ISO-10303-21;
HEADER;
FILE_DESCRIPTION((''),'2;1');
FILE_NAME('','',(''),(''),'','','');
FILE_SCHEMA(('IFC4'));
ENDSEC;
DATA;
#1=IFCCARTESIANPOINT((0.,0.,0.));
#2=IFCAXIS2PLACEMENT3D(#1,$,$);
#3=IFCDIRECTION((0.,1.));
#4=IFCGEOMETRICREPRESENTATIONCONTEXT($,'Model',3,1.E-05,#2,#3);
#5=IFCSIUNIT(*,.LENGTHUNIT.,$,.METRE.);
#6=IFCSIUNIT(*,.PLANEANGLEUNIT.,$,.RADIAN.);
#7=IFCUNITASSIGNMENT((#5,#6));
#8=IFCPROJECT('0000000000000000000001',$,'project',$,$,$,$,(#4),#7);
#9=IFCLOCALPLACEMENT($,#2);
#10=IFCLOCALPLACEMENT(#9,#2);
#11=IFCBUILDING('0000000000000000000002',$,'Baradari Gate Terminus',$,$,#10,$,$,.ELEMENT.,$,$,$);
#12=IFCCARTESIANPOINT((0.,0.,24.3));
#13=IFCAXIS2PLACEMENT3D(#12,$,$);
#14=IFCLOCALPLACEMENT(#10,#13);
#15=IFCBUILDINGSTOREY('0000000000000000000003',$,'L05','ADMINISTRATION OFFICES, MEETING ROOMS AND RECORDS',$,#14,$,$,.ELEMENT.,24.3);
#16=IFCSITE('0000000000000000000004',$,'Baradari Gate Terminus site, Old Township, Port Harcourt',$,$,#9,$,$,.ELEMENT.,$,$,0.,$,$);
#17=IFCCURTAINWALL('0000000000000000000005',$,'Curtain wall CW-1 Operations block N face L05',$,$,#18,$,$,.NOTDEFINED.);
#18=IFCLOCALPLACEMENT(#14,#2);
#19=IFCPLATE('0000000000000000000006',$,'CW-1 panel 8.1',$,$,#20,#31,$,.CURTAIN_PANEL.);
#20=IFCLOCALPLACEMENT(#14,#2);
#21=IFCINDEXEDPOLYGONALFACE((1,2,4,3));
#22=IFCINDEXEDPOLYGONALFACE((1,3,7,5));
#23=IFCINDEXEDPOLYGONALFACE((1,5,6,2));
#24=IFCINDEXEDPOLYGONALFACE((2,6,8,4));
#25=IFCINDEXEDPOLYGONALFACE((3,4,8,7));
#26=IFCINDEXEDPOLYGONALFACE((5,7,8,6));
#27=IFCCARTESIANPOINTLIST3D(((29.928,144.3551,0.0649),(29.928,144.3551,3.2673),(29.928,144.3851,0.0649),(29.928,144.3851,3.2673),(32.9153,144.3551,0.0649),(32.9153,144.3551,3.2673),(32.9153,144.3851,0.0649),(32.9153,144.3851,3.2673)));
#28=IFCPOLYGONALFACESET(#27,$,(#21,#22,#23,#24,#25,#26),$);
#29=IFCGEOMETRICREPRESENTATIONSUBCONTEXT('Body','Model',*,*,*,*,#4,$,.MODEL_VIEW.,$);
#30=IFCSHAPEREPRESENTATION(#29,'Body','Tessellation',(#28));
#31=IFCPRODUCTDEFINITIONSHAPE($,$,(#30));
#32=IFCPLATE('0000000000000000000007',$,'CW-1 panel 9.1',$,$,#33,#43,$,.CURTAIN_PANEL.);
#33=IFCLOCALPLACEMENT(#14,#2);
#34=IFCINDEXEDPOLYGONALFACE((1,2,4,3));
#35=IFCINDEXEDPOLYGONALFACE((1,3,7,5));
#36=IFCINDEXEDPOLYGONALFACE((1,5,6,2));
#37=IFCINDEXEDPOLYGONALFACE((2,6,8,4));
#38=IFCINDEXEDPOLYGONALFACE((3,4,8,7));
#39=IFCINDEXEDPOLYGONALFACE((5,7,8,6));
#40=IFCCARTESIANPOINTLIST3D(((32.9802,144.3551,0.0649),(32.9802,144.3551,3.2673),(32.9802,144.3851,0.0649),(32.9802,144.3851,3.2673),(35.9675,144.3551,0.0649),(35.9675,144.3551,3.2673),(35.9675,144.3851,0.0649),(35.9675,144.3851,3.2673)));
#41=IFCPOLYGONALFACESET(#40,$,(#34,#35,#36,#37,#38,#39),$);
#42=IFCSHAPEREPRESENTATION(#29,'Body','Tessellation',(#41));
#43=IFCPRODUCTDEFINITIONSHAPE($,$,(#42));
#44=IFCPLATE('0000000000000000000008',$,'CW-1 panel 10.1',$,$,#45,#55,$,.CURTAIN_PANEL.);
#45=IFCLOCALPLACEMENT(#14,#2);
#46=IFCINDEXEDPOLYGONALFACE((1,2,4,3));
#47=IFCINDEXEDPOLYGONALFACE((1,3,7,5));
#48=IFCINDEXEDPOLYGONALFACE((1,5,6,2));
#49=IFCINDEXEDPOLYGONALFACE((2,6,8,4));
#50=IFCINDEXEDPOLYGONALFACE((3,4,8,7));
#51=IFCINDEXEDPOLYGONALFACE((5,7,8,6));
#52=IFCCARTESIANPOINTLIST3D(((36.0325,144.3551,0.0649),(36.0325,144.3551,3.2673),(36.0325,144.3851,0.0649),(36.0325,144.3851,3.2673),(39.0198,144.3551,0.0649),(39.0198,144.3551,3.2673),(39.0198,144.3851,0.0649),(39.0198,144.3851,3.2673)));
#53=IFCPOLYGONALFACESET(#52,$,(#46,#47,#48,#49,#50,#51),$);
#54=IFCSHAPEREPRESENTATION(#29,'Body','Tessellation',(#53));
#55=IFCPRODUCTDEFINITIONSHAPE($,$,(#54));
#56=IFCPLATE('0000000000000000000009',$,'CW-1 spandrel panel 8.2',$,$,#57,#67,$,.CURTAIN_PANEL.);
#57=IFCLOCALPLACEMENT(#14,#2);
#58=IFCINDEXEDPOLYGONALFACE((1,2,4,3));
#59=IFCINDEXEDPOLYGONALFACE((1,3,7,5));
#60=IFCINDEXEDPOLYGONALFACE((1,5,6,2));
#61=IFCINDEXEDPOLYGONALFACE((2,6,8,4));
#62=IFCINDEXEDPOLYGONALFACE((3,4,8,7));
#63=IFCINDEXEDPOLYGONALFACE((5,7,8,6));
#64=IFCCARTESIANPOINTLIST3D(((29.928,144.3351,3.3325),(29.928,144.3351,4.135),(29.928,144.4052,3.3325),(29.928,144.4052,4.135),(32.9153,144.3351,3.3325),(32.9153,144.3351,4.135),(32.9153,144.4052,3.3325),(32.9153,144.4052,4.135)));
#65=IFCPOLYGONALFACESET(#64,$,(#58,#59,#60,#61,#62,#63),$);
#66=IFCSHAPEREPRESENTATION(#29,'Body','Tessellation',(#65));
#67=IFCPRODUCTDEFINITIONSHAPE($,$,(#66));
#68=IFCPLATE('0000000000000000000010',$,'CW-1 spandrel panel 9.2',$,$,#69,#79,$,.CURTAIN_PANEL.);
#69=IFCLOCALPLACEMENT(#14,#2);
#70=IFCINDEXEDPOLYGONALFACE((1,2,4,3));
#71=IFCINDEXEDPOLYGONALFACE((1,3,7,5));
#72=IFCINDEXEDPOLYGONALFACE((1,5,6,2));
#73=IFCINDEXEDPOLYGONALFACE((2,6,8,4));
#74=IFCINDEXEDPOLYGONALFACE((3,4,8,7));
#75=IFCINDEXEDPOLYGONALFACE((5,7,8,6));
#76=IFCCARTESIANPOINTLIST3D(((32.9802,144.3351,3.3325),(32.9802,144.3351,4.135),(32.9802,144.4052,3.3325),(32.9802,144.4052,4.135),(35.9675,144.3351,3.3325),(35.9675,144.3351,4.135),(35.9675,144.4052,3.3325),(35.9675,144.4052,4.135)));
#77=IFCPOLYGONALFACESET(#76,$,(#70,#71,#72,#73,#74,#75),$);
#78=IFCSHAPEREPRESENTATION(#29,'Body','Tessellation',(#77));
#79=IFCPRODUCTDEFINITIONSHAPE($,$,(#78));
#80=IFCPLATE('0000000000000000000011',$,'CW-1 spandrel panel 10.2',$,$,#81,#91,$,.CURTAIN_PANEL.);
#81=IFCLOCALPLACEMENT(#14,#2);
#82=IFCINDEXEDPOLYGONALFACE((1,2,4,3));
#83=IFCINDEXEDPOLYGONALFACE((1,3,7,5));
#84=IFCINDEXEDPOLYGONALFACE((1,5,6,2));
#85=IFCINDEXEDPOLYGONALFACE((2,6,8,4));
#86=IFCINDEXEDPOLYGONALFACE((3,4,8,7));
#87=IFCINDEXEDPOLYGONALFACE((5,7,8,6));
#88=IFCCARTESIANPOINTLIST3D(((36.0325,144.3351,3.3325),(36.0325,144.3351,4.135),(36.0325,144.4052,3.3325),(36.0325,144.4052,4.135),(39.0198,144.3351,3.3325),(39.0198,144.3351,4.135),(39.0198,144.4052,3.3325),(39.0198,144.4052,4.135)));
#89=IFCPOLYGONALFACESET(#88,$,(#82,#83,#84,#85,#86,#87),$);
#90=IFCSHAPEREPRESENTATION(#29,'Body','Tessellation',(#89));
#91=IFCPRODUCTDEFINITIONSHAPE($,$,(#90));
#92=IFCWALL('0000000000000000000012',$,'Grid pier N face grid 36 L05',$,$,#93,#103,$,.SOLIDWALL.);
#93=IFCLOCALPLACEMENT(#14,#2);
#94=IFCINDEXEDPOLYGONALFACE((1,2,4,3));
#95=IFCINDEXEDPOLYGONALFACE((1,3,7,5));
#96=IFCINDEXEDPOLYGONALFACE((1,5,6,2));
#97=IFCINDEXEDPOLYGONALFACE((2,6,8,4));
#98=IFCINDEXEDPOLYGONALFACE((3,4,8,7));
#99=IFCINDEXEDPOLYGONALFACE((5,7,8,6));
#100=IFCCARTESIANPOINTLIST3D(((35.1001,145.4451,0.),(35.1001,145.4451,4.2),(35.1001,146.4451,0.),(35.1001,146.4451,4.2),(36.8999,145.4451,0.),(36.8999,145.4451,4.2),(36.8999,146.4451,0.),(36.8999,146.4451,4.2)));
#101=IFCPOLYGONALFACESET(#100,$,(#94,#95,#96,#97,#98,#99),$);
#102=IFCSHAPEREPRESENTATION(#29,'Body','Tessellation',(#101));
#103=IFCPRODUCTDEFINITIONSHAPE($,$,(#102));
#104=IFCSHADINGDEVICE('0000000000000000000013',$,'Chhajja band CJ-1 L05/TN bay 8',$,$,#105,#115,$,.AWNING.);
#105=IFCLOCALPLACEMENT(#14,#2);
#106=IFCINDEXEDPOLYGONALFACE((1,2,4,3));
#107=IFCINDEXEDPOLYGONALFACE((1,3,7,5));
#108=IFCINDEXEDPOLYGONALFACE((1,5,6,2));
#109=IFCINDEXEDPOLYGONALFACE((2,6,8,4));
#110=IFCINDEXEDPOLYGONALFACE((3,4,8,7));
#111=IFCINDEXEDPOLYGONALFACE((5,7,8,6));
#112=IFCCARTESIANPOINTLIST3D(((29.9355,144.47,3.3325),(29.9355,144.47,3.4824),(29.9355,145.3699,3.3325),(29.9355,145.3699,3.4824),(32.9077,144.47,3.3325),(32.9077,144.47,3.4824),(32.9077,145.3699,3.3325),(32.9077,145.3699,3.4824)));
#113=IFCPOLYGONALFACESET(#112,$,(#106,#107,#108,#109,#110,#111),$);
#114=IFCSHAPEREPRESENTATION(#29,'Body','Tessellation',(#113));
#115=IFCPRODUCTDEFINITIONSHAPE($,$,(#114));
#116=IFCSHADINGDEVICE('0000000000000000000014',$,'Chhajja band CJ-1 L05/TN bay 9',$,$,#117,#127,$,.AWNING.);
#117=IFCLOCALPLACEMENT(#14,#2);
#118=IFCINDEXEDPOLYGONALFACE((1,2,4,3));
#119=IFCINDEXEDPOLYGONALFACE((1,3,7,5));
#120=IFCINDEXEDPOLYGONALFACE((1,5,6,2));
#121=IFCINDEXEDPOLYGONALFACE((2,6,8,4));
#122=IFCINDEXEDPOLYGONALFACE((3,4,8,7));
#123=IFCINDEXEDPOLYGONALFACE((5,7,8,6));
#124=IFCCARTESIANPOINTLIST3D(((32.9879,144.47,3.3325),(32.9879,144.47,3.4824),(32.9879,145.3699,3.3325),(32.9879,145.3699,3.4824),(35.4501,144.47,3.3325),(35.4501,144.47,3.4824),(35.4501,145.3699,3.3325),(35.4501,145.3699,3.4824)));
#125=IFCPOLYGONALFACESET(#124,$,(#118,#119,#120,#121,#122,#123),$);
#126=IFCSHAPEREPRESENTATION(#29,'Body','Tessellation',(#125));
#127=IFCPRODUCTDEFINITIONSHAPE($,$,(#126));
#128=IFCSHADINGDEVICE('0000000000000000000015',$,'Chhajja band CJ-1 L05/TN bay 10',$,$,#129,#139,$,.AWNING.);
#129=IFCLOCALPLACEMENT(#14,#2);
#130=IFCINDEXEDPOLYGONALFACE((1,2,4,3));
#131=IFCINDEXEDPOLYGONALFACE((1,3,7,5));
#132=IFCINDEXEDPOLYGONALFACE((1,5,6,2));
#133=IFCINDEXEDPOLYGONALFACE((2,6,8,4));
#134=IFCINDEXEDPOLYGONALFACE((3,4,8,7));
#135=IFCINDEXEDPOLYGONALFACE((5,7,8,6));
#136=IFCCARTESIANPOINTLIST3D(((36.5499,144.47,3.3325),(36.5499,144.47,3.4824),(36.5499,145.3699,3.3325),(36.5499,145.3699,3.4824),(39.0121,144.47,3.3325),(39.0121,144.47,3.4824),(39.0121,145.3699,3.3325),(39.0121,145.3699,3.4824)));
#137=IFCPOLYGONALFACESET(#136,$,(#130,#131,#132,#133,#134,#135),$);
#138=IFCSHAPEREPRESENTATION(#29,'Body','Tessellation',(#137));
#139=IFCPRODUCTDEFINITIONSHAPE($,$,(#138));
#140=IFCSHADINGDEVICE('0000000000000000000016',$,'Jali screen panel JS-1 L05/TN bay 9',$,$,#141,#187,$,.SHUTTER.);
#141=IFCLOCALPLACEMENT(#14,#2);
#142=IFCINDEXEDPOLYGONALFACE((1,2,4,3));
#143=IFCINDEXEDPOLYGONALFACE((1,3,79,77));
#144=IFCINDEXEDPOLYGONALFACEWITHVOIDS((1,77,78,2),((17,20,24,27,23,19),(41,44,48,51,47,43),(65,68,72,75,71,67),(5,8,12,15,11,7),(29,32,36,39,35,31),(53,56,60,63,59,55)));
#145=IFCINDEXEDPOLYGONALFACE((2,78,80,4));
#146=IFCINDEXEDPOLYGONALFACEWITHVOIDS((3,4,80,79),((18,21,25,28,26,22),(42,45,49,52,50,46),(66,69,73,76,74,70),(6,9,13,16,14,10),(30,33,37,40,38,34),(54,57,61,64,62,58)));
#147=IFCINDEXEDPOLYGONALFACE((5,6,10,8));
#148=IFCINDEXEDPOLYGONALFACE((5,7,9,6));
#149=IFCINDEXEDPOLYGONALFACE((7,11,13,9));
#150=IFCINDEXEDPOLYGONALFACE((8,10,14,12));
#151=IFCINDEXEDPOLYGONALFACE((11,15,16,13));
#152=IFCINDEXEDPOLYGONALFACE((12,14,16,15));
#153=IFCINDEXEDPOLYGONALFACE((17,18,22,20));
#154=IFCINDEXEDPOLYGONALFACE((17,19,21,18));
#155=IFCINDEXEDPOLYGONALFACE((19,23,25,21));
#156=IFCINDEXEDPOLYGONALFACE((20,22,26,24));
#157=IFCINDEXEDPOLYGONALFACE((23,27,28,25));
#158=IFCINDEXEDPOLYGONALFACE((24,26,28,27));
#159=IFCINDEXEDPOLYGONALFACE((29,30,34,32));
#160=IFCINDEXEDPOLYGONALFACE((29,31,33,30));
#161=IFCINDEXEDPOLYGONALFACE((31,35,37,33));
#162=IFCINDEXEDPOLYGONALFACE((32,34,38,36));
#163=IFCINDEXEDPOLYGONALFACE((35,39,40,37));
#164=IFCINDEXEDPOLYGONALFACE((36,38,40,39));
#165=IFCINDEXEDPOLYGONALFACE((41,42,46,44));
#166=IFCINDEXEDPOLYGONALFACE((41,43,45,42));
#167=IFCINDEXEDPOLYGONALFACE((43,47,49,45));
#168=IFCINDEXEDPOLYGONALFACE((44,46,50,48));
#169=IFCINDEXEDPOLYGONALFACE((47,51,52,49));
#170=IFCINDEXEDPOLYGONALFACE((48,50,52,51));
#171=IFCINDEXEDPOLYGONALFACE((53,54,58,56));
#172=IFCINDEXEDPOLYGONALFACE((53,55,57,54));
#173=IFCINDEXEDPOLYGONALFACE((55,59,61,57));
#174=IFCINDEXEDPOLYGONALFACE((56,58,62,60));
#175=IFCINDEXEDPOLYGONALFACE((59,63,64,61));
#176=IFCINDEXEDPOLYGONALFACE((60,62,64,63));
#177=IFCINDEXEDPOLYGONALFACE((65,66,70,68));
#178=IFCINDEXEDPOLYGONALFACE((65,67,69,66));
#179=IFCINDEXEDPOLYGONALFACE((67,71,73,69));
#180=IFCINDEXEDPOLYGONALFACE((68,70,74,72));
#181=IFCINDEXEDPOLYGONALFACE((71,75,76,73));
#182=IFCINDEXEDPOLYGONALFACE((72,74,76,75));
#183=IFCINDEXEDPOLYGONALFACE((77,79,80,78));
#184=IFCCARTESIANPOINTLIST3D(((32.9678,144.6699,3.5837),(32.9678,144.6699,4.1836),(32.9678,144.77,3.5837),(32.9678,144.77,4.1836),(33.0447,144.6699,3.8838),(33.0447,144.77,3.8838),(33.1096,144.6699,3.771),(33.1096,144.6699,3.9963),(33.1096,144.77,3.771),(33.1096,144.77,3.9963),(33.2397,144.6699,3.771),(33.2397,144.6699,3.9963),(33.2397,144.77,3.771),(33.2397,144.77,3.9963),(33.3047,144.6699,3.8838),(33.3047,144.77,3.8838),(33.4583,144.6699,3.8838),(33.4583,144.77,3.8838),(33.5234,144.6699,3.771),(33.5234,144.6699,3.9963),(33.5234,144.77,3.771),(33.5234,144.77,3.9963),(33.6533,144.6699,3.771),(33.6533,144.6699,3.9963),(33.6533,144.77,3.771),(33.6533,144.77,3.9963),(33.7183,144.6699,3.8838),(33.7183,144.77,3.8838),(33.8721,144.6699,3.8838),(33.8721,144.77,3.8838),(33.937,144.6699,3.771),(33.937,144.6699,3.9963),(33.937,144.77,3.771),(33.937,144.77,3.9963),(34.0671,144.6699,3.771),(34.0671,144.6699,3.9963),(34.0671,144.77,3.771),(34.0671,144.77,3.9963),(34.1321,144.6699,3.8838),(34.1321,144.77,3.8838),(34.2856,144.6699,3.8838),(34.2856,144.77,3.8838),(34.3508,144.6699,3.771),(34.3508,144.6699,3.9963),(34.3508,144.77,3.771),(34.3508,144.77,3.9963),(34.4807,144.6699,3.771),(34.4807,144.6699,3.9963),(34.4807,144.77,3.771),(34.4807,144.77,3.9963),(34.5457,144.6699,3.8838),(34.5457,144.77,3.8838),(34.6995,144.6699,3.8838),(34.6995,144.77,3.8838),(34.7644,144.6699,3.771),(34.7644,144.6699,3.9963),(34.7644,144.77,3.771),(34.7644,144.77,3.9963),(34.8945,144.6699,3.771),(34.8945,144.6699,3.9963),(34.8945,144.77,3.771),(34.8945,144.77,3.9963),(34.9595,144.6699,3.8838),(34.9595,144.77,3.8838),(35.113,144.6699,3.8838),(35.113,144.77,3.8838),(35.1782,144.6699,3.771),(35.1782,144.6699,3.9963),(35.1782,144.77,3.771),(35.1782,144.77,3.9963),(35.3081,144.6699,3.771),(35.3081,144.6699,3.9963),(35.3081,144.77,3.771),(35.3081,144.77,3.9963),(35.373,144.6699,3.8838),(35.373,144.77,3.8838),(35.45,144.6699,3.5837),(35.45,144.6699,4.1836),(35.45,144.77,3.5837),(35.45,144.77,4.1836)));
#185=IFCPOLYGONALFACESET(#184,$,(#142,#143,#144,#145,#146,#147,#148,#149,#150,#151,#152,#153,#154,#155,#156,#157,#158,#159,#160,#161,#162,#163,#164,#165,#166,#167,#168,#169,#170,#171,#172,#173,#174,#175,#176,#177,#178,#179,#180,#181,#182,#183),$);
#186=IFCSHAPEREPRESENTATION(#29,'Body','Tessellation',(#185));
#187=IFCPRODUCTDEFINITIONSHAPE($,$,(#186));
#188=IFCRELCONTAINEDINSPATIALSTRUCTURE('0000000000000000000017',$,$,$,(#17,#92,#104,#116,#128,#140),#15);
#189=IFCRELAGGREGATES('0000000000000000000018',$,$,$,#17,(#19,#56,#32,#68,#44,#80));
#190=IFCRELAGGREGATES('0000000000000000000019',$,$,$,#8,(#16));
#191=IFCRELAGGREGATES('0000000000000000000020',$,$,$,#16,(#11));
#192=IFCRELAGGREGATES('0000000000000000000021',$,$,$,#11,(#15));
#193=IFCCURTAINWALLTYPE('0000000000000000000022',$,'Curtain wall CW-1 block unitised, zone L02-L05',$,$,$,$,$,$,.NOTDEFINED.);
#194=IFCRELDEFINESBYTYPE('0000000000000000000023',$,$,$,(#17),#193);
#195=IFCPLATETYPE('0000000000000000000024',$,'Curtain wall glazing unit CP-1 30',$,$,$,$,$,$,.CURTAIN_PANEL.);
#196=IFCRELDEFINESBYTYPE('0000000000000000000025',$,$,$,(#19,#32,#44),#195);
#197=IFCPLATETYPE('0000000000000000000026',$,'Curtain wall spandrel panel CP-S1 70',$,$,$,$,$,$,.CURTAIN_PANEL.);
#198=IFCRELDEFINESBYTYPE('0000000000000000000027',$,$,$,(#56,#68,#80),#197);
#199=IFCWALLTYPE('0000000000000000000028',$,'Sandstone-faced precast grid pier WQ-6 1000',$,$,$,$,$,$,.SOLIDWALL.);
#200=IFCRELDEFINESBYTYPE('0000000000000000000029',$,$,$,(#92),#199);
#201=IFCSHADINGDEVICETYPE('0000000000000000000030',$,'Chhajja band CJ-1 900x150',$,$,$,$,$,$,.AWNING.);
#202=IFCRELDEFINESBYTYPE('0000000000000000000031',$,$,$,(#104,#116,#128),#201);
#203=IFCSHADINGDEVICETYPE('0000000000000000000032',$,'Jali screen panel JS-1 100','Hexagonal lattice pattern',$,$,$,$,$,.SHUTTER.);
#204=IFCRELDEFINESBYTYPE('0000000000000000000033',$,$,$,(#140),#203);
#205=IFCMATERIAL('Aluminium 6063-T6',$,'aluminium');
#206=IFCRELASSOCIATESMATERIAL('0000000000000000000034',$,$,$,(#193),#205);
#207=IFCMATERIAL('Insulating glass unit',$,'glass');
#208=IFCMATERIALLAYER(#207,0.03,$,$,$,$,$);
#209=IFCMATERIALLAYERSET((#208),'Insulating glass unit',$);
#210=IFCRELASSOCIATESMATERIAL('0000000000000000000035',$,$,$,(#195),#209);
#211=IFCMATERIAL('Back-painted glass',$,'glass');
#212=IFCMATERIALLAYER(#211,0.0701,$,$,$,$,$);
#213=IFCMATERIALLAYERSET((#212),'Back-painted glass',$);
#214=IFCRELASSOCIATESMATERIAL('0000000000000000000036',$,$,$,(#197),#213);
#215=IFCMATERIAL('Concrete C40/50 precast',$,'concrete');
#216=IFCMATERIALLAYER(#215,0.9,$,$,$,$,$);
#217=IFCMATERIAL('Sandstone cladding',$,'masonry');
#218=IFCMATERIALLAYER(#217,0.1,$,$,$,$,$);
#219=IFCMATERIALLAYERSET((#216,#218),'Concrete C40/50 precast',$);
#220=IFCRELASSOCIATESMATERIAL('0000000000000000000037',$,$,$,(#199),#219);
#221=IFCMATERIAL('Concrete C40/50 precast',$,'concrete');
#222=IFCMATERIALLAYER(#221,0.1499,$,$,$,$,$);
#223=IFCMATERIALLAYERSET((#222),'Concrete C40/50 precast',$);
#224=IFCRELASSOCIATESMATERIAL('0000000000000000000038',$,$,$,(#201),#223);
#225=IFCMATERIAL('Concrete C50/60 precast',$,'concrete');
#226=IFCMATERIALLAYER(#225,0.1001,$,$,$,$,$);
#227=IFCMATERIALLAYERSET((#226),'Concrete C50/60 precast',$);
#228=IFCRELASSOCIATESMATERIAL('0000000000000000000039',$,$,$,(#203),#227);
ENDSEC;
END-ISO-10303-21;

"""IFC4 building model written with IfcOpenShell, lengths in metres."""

from ifc_helpers import new_model, si_unit, direction, frame, frame_2d, origin, origin_2d, place, context, subcontext, project, spatial, polyline, rectangle, outline, extrude, material, layer, layer_set, type_object, element, aggregate, save


model = new_model("IFC4")

# Units and contexts
model_context = context("Model", 3, precision=1e-05, world=origin(), true_north=direction((0.0, 1.0)))
body_context = subcontext(model_context, "Body", "Model", "MODEL_VIEW")
ifc_project = project(units=[si_unit("LENGTHUNIT", "METRE"), si_unit("PLANEANGLEUNIT", "RADIAN")], contexts=[model_context])

# Site, building, storey
site_placement = place(None, origin())
site = spatial("IfcSite", under=ifc_project, at=site_placement, Name="Baradari Gate Terminus site, Old Township, Port Harcourt", CompositionType="ELEMENT", RefElevation=0.0)
building_placement = place(site_placement, origin())
building = spatial("IfcBuilding", under=site, at=building_placement, Name="Baradari Gate Terminus", CompositionType="ELEMENT")
storey_placement = place(building_placement, frame((0.0, 0.0, 24.3)))
storey = spatial("IfcBuildingStorey", under=building, at=storey_placement, Name="L05", Description="ADMINISTRATION OFFICES, MEETING ROOMS AND RECORDS", CompositionType="ELEMENT", Elevation=24.3)

# Curtain wall
ifc_material_1 = material(Name="Aluminium 6063-T6", Category="aluminium")
curtain_wall_type = type_object("IfcCurtainWallType", Name="Curtain wall CW-1 block unitised, zone L02-L05", PredefinedType="NOTDEFINED", material=ifc_material_1)
curtain_wall_placement = place(storey_placement, origin())
curtain_wall = element("IfcCurtainWall", 1, at=curtain_wall_placement, inside=storey, type_object=curtain_wall_type, Name="Curtain wall CW-1 Operations block N face L05", PredefinedType="NOTDEFINED")

# Plates
ifc_material_2 = material(Name="Insulating glass unit", Category="glass")
ifc_layer_1 = layer(ifc_material_2, 0.03)
ifc_layer_set_1 = layer_set([ifc_layer_1], Name="Insulating glass unit")
plate_type_1 = type_object("IfcPlateType", Name="Curtain wall glazing unit CP-1 30", PredefinedType="CURTAIN_PANEL", material=ifc_layer_set_1)
plate_1_placement = place(storey_placement, frame((31.4216, 144.3701, 0.0649), z_axis=(0.0, 0.0, 1.0), x_axis=(1.0, 0.0, 0.0)))
plate_1 = element("IfcPlate", 2, at=plate_1_placement, type_object=plate_type_1, Name="CW-1 panel 8.1", PredefinedType="CURTAIN_PANEL", context=body_context, shape_type="SweptSolid", body=[
    extrude(rectangle(XDim=2.9873, YDim=0.03, at=origin_2d()), origin(), (0.0, 0.0, 1.0), 3.2024),
])
plate_2_placement = place(storey_placement, frame((34.4739, 144.3701, 0.0649), z_axis=(0.0, 0.0, 1.0), x_axis=(1.0, 0.0, 0.0)))
plate_2 = element("IfcPlate", 3, at=plate_2_placement, type_object=plate_type_1, Name="CW-1 panel 9.1", PredefinedType="CURTAIN_PANEL", context=body_context, shape_type="SweptSolid", body=[
    extrude(rectangle(XDim=2.9873, YDim=0.03, at=origin_2d()), origin(), (0.0, 0.0, 1.0), 3.2024),
])
plate_3_placement = place(storey_placement, frame((37.5261, 144.3701, 0.0649), z_axis=(0.0, 0.0, 1.0), x_axis=(1.0, 0.0, 0.0)))
plate_3 = element("IfcPlate", 4, at=plate_3_placement, type_object=plate_type_1, Name="CW-1 panel 10.1", PredefinedType="CURTAIN_PANEL", context=body_context, shape_type="SweptSolid", body=[
    extrude(rectangle(XDim=2.9873, YDim=0.03, at=origin_2d()), origin(), (0.0, 0.0, 1.0), 3.2024),
])
ifc_material_3 = material(Name="Back-painted glass", Category="glass")
ifc_layer_2 = layer(ifc_material_3, 0.0701)
ifc_layer_set_2 = layer_set([ifc_layer_2], Name="Back-painted glass")
plate_type_2 = type_object("IfcPlateType", Name="Curtain wall spandrel panel CP-S1 70", PredefinedType="CURTAIN_PANEL", material=ifc_layer_set_2)
plate_4_placement = place(storey_placement, frame((31.4216, 144.3701, 3.3325), z_axis=(0.0, 0.0, 1.0), x_axis=(1.0, 0.0, 0.0)))
plate_4 = element("IfcPlate", 5, at=plate_4_placement, type_object=plate_type_2, Name="CW-1 spandrel panel 8.2", PredefinedType="CURTAIN_PANEL", context=body_context, shape_type="SweptSolid", body=[
    extrude(rectangle(XDim=2.9873, YDim=0.0701, at=origin_2d()), origin(), (0.0, 0.0, 1.0), 0.8025),
])
plate_5_placement = place(storey_placement, frame((34.4739, 144.3701, 3.3325), z_axis=(0.0, 0.0, 1.0), x_axis=(1.0, 0.0, 0.0)))
plate_5 = element("IfcPlate", 6, at=plate_5_placement, type_object=plate_type_2, Name="CW-1 spandrel panel 9.2", PredefinedType="CURTAIN_PANEL", context=body_context, shape_type="SweptSolid", body=[
    extrude(rectangle(XDim=2.9873, YDim=0.0701, at=origin_2d()), origin(), (0.0, 0.0, 1.0), 0.8025),
])
plate_6_placement = place(storey_placement, frame((37.5261, 144.3701, 3.3325), z_axis=(0.0, 0.0, 1.0), x_axis=(1.0, 0.0, 0.0)))
plate_6 = element("IfcPlate", 7, at=plate_6_placement, type_object=plate_type_2, Name="CW-1 spandrel panel 10.2", PredefinedType="CURTAIN_PANEL", context=body_context, shape_type="SweptSolid", body=[
    extrude(rectangle(XDim=2.9873, YDim=0.0701, at=origin_2d()), origin(), (0.0, 0.0, 1.0), 0.8025),
])
aggregate(curtain_wall, [plate_1, plate_4, plate_2, plate_5, plate_3, plate_6])

# Wall
ifc_material_4 = material(Name="Concrete C40/50 precast", Category="concrete")
ifc_layer_3 = layer(ifc_material_4, 0.9)
ifc_material_5 = material(Name="Sandstone cladding", Category="masonry")
ifc_layer_4 = layer(ifc_material_5, 0.1)
ifc_layer_set_3 = layer_set([ifc_layer_3, ifc_layer_4], Name="Concrete C40/50 precast")
wall_type = type_object("IfcWallType", Name="Sandstone-faced precast grid pier WQ-6 1000", PredefinedType="SOLIDWALL", material=ifc_layer_set_3)
wall_placement = place(storey_placement, frame((35.1001, 145.9451, 0.0), z_axis=(0.0, 0.0, 1.0), x_axis=(1.0, 0.0, 0.0)))
element("IfcWall", 8, at=wall_placement, inside=storey, type_object=wall_type, Name="Grid pier N face grid 36 L05", PredefinedType="SOLIDWALL", context=body_context, shape_type="SweptSolid", body=[
    extrude(rectangle(XDim=1.7998, YDim=1.0, at=frame_2d((0.8999, 0.0))), origin(), (0.0, 0.0, 1.0), 4.2),
])

# Shading devices
ifc_material_6 = material(Name="Concrete C40/50 precast", Category="concrete")
ifc_layer_5 = layer(ifc_material_6, 0.1499)
ifc_layer_set_4 = layer_set([ifc_layer_5], Name="Concrete C40/50 precast")
shading_device_type_1 = type_object("IfcShadingDeviceType", Name="Chhajja band CJ-1 900x150", PredefinedType="AWNING", material=ifc_layer_set_4)
shading_device_placement = place(storey_placement, frame((31.4216, 144.9199, 3.3325), z_axis=(0.0, 0.0, 1.0), x_axis=(1.0, 0.0, 0.0)))
element("IfcShadingDevice", 9, at=shading_device_placement, inside=storey, type_object=shading_device_type_1, Name="Chhajja band CJ-1 L05/TN bay 8", PredefinedType="AWNING", context=body_context, shape_type="SweptSolid", body=[
    extrude(rectangle(XDim=2.9722, YDim=0.8999, at=origin_2d()), origin(), (0.0, 0.0, 1.0), 0.1499),
])
for number, where, z_axis, x_axis, name in (
    (10, (34.219, 144.9199, 3.3325), (0.0, 0.0, 1.0), (1.0, 0.0, 0.0), "Chhajja band CJ-1 L05/TN bay 9"),
    (11, (37.781, 144.9199, 3.3325), (0.0, 0.0, 1.0), (1.0, 0.0, 0.0), "Chhajja band CJ-1 L05/TN bay 10"),
):
    element("IfcShadingDevice", number, at=place(storey_placement, frame(where, z_axis=z_axis, x_axis=x_axis)), inside=storey, type_object=shading_device_type_1, Name=name, PredefinedType="AWNING", context=body_context, shape_type="SweptSolid", body=[
        extrude(rectangle(XDim=2.4622, YDim=0.8999, at=origin_2d()), origin(), (0.0, 0.0, 1.0), 0.1499),
    ])
ifc_material_7 = material(Name="Concrete C50/60 precast", Category="concrete")
ifc_layer_6 = layer(ifc_material_7, 0.1001)
ifc_layer_set_5 = layer_set([ifc_layer_6], Name="Concrete C50/60 precast")
shading_device_type_2 = type_object("IfcShadingDeviceType", Name="Jali screen panel JS-1 100", Description="Hexagonal lattice pattern", PredefinedType="SHUTTER", material=ifc_layer_set_5)
for number, where, z_axis, x_axis, name in (
    (12, (32.9678, 144.72, 3.5837), (0.0, 0.0, 1.0), (1.0, 0.0, 0.0), "Jali screen panel JS-1 L05/TN bay 9"),
):
    element("IfcShadingDevice", number, at=place(storey_placement, frame(where, z_axis=z_axis, x_axis=x_axis)), inside=storey, type_object=shading_device_type_2, Name=name, PredefinedType="SHUTTER", context=body_context, shape_type="SweptSolid", body=[
        extrude(outline(polyline([(0.0, 0.0), (2.4822, 0.0), (2.4822, 0.5999), (0.0, 0.5999), (0.0, 0.0)]), holes=[polyline([(0.3369, 0.3), (0.272, 0.1873), (0.1418, 0.1873), (0.0769, 0.3), (0.1418, 0.4126), (0.272, 0.4126), (0.3369, 0.3)]), polyline([(0.7505, 0.3), (0.6855, 0.1873), (0.5557, 0.1873), (0.4905, 0.3), (0.5557, 0.4126), (0.6855, 0.4126), (0.7505, 0.3)]), polyline([(1.1643, 0.3), (1.0994, 0.1873), (0.9692, 0.1873), (0.9043, 0.3), (0.9692, 0.4126), (1.0994, 0.4126), (1.1643, 0.3)]), polyline([(1.5779, 0.3), (1.5129, 0.1873), (1.3831, 0.1873), (1.3179, 0.3), (1.3831, 0.4126), (1.5129, 0.4126), (1.5779, 0.3)]), polyline([(1.9917, 0.3), (1.9268, 0.1873), (1.7966, 0.1873), (1.7317, 0.3), (1.7966, 0.4126), (1.9268, 0.4126), (1.9917, 0.3)]), polyline([(2.4053, 0.3), (2.3403, 0.1873), (2.2104, 0.1873), (2.1453, 0.3), (2.2104, 0.4126), (2.3403, 0.4126), (2.4053, 0.3)])]), frame((0.0, 0.05, 0.0), z_axis=(0.0, -1.0, 0.0), x_axis=(1.0, 0.0, 0.0)), (0.0, 0.0, 1.0), 0.1001),
    ])

save(model, "model.ifc")
